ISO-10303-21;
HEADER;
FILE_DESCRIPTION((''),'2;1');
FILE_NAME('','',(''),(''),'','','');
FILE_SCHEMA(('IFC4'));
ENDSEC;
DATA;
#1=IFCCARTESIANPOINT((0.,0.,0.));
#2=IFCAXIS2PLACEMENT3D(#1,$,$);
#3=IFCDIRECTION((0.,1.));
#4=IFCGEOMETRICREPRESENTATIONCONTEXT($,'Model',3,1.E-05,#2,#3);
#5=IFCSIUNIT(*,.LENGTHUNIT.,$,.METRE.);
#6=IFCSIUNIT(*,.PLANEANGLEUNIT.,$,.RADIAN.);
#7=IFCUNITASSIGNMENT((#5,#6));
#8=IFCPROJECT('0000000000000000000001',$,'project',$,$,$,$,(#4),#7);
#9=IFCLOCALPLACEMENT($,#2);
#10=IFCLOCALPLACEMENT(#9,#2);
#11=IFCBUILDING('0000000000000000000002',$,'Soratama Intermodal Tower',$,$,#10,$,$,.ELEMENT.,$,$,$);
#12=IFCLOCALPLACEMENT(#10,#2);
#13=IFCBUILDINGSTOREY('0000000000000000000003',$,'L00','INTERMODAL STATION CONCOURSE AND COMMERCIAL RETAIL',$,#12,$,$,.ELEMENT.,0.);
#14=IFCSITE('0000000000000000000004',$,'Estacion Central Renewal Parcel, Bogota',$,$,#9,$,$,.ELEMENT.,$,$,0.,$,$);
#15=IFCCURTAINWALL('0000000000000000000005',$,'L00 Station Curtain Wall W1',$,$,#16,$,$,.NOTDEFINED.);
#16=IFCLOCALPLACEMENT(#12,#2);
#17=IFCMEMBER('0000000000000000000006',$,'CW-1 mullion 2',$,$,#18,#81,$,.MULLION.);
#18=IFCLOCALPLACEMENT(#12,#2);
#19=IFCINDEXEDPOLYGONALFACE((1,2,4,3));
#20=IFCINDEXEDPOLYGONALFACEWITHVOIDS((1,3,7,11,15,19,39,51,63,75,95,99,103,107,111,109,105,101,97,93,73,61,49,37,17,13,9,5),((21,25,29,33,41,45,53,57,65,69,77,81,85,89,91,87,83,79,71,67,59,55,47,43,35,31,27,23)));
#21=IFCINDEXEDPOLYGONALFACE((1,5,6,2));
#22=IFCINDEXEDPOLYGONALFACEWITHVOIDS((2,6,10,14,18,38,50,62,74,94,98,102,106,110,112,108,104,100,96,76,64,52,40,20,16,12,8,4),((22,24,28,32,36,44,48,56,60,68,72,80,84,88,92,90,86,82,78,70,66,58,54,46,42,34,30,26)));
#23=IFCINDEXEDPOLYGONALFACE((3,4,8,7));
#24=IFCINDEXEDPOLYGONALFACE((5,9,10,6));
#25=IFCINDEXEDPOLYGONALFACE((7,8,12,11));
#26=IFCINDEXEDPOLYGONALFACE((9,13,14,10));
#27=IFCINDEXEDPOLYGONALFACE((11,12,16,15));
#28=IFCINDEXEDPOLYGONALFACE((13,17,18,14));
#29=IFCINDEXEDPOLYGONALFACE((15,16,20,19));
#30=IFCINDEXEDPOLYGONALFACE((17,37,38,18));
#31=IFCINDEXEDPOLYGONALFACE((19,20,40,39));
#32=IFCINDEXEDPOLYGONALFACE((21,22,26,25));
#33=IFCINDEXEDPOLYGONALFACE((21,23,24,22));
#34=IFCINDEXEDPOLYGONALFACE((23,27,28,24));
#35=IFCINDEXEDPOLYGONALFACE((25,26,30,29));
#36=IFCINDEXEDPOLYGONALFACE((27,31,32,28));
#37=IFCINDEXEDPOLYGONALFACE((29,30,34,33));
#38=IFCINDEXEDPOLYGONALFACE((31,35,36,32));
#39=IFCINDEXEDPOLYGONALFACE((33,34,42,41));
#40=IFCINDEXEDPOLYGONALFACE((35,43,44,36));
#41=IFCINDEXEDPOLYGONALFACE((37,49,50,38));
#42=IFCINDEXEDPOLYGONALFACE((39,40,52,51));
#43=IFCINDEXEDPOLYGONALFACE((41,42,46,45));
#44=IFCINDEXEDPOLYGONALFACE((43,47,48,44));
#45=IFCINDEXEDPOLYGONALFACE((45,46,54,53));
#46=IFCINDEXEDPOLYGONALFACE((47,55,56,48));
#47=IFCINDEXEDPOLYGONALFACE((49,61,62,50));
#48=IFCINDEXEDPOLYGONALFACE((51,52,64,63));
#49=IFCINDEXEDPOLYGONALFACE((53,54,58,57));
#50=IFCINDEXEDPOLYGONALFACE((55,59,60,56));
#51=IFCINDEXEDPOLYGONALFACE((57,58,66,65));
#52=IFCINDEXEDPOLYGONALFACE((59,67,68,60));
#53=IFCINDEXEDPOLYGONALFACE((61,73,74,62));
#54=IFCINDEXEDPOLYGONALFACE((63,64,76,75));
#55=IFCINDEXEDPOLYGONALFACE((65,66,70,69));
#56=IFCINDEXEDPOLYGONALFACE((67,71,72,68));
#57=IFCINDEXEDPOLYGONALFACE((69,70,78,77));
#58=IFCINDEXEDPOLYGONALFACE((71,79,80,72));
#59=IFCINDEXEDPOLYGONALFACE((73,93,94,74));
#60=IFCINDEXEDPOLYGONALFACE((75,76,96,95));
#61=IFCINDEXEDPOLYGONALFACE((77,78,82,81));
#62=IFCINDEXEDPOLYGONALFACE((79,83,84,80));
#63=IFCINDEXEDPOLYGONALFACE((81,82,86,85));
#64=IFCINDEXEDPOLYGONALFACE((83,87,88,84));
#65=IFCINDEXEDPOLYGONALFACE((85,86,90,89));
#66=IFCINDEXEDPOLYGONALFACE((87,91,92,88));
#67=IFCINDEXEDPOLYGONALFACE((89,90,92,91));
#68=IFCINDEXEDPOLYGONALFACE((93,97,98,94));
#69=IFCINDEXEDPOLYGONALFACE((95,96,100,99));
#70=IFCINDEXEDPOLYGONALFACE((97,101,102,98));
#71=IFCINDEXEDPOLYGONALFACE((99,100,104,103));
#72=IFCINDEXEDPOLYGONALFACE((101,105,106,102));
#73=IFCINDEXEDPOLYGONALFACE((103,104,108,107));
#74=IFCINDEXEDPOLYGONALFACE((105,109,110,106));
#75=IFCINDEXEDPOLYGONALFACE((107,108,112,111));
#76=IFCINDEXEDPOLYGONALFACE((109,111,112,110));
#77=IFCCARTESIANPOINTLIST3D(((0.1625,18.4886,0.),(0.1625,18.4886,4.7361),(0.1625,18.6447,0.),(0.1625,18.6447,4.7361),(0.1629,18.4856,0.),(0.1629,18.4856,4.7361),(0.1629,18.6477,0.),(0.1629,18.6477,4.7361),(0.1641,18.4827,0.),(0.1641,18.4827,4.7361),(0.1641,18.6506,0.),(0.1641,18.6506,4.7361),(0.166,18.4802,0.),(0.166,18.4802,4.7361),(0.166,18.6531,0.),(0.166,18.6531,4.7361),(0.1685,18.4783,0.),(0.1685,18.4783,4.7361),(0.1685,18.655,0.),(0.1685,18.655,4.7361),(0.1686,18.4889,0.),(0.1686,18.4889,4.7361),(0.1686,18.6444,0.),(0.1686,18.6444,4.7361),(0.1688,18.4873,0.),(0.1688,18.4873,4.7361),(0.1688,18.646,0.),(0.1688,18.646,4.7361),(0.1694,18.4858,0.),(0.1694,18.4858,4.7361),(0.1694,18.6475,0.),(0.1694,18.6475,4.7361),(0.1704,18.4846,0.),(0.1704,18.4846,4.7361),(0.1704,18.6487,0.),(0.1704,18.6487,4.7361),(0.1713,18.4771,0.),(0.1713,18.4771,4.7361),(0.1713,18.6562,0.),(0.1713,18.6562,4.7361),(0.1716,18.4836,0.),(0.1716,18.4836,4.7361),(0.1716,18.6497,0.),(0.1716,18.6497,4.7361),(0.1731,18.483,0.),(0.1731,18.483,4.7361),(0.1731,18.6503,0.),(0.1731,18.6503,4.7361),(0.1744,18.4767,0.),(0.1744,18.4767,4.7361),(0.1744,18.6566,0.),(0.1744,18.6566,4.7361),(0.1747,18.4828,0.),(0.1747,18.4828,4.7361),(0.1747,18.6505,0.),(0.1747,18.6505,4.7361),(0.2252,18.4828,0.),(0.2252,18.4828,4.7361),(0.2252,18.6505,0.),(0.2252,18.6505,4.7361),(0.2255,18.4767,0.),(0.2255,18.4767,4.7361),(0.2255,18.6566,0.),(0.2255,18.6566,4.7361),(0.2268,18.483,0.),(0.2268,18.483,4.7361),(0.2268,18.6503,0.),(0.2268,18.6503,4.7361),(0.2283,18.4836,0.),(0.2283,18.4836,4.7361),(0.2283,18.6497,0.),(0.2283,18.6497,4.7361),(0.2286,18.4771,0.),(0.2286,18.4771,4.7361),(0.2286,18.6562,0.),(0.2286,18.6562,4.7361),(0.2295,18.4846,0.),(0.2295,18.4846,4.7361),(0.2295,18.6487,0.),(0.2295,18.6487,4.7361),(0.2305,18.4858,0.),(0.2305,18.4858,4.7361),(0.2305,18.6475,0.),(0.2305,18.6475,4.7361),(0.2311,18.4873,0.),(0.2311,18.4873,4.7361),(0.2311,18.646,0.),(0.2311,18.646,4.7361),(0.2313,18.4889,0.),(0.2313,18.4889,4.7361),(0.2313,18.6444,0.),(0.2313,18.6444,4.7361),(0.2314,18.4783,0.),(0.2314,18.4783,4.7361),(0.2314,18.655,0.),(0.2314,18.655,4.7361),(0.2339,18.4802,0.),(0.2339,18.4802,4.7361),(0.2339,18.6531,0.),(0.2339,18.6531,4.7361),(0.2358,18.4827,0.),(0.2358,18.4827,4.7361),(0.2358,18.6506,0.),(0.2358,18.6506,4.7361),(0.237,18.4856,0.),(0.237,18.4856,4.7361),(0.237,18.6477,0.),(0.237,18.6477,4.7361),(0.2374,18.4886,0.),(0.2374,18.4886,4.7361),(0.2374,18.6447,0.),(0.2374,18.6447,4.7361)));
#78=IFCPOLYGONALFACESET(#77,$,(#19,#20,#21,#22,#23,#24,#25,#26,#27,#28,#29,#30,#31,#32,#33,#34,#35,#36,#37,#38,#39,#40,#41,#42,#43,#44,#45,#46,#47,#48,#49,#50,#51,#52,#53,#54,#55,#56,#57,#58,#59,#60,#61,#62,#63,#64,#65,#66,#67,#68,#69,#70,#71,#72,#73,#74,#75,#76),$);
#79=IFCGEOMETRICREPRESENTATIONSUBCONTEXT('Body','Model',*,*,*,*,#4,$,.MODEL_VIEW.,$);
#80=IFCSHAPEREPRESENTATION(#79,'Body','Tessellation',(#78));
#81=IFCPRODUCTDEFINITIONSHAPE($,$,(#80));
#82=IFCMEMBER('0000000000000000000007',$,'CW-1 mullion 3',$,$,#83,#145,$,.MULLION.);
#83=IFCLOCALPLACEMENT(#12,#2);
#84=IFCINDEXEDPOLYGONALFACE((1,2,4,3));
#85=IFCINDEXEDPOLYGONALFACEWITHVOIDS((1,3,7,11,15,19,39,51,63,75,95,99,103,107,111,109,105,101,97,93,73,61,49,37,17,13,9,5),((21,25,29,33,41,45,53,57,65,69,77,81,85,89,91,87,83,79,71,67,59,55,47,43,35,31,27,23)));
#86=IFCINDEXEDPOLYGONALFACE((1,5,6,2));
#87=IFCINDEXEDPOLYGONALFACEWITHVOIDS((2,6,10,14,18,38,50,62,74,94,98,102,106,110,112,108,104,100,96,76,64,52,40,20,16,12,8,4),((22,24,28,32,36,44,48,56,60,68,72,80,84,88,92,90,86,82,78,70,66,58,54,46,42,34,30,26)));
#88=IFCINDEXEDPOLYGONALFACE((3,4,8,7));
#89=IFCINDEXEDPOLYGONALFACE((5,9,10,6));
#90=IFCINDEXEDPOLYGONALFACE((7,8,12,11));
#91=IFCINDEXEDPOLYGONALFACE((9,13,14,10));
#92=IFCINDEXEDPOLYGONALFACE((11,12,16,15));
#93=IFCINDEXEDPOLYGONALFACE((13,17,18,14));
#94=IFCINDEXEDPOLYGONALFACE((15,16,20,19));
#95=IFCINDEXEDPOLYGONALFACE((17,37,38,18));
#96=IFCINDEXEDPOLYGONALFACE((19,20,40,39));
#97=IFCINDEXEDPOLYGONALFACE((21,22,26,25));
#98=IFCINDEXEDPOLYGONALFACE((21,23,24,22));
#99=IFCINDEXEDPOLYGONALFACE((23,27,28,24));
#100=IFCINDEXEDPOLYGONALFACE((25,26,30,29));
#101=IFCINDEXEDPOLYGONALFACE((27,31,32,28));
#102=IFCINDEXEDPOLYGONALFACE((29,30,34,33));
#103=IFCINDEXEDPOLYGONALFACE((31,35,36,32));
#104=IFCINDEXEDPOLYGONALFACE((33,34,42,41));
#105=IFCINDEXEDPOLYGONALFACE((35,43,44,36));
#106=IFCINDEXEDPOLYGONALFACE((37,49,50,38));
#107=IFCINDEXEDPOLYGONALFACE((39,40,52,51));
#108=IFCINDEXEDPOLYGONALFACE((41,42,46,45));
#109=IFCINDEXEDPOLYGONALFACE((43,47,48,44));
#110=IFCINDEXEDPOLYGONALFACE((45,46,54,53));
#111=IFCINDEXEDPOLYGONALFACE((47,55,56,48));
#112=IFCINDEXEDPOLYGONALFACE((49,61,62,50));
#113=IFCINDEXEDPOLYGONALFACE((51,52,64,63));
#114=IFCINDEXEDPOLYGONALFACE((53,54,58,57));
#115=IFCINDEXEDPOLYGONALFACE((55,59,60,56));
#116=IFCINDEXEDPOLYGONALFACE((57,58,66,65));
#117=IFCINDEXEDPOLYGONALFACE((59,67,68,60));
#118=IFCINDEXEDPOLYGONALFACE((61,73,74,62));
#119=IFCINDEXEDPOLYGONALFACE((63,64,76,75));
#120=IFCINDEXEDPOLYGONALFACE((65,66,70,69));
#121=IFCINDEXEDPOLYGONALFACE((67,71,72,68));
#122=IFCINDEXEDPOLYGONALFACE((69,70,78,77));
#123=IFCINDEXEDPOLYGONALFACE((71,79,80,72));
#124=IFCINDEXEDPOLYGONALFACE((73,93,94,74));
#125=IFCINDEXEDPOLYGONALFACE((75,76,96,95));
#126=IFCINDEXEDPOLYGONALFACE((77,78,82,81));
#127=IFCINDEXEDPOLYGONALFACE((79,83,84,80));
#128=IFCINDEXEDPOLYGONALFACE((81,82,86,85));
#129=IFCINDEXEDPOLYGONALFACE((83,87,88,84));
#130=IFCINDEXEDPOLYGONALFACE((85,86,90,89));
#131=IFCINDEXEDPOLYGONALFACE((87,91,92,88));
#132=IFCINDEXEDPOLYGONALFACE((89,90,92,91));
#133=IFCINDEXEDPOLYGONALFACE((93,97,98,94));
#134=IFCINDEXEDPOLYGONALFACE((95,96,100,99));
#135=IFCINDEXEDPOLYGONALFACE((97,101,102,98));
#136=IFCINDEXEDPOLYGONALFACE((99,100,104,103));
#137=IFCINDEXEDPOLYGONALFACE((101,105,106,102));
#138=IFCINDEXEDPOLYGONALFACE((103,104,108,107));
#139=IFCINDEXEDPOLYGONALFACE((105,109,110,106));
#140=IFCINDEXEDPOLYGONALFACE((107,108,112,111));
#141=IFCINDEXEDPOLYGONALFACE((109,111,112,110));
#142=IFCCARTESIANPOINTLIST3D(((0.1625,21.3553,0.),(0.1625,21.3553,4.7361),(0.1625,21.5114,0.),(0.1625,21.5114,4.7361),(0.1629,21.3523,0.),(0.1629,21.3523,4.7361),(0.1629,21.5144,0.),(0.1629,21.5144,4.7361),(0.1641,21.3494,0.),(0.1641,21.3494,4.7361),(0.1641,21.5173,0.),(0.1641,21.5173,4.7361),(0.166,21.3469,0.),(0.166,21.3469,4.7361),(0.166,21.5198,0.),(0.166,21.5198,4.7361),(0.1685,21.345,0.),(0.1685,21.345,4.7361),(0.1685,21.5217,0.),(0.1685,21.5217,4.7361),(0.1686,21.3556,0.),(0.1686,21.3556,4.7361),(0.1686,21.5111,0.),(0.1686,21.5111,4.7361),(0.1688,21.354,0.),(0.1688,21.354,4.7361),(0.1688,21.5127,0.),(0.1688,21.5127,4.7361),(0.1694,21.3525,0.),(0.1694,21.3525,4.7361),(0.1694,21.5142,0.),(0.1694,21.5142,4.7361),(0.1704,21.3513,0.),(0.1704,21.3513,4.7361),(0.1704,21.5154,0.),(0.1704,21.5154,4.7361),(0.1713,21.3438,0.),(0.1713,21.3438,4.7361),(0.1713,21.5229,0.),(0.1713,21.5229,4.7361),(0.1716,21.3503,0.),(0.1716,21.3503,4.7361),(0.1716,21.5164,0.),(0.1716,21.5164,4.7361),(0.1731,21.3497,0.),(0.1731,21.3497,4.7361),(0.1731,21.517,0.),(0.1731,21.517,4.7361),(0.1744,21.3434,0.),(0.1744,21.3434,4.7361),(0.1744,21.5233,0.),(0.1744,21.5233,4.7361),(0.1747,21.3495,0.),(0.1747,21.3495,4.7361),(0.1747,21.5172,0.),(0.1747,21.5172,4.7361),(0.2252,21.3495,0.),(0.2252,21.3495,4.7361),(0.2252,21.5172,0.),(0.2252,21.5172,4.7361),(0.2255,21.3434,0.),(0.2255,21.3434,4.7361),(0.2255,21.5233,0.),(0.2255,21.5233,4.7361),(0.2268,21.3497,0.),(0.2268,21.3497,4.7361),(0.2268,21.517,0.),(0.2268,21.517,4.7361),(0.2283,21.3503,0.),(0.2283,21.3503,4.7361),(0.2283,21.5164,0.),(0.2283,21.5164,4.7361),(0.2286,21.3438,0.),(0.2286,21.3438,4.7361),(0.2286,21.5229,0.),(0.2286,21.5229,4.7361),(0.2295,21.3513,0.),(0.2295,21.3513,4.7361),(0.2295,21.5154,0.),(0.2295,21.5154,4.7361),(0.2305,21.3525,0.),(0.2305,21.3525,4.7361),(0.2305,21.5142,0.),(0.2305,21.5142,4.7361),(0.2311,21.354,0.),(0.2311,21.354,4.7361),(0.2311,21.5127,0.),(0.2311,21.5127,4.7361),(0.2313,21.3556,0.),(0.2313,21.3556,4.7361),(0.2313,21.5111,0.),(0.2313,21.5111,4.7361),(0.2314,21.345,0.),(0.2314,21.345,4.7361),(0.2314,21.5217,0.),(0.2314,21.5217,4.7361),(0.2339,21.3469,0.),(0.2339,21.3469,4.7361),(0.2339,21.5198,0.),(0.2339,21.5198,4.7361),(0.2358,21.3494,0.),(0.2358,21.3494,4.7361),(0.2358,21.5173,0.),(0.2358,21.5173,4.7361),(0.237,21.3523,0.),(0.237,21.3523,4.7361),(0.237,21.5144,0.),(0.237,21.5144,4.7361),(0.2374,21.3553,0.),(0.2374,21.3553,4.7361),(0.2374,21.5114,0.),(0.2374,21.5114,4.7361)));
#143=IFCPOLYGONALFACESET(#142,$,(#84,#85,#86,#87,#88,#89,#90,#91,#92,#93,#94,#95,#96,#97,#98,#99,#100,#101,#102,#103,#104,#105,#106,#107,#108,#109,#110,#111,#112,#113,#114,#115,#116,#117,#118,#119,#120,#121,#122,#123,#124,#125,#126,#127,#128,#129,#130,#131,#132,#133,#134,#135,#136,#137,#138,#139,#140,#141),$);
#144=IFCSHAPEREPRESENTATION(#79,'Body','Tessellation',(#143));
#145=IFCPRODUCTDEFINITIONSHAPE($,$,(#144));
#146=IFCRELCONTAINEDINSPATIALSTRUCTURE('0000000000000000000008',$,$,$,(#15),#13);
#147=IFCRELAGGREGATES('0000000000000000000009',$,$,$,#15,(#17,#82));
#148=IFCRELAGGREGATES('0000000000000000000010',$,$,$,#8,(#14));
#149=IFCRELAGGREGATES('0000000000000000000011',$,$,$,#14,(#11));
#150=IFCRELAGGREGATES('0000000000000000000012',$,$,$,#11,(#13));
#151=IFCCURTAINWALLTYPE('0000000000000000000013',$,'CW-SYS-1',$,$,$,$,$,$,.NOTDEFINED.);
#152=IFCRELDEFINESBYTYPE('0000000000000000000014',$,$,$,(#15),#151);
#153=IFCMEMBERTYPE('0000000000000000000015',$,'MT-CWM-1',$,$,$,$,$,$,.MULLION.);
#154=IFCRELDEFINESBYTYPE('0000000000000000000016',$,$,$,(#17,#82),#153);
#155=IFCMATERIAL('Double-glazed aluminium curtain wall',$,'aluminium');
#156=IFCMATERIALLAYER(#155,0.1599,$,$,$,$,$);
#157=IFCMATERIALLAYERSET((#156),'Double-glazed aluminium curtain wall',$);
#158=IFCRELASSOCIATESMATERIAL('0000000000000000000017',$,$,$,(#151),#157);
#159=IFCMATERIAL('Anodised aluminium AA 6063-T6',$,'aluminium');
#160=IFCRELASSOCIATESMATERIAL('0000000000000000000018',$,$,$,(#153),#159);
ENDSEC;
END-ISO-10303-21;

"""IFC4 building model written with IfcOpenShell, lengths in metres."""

from ifc_helpers import new_model, si_unit, direction, frame, origin, origin_2d, place, context, subcontext, project, spatial, hollow_rectangle, extrude, material, layer, layer_set, material_profile, profile_set, type_object, element, aggregate, save


model = new_model("IFC4")

# Units and contexts
model_context = context("Model", 3, precision=1e-05, world=origin(), true_north=direction((0.0, 1.0)))
body_context = subcontext(model_context, "Body", "Model", "MODEL_VIEW")
ifc_project = project(units=[si_unit("LENGTHUNIT", "METRE"), si_unit("PLANEANGLEUNIT", "RADIAN")], contexts=[model_context])

# Site, building, storey
site_placement = place(None, origin())
site = spatial("IfcSite", under=ifc_project, at=site_placement, Name="Estacion Central Renewal Parcel, Bogota", CompositionType="ELEMENT", RefElevation=0.0)
building_placement = place(site_placement, origin())
building = spatial("IfcBuilding", under=site, at=building_placement, Name="Soratama Intermodal Tower", CompositionType="ELEMENT")
storey_placement = place(building_placement, origin())
storey = spatial("IfcBuildingStorey", under=building, at=storey_placement, Name="L00", Description="INTERMODAL STATION CONCOURSE AND COMMERCIAL RETAIL", CompositionType="ELEMENT", Elevation=0.0)

# Curtain wall, members
ifc_material_1 = material(Name="Double-glazed aluminium curtain wall", Category="aluminium")
ifc_layer_1 = layer(ifc_material_1, 0.1599)
ifc_layer_set_1 = layer_set([ifc_layer_1], Name="Double-glazed aluminium curtain wall")
curtain_wall_type = type_object("IfcCurtainWallType", Name="CW-SYS-1", PredefinedType="NOTDEFINED", material=ifc_layer_set_1)
curtain_wall_placement = place(storey_placement, origin())
curtain_wall = element("IfcCurtainWall", 1, at=curtain_wall_placement, inside=storey, type_object=curtain_wall_type, Name="L00 Station Curtain Wall W1", PredefinedType="NOTDEFINED")
ifc_material_2 = material(Name="Anodised aluminium AA 6063-T6", Category="aluminium")
ifc_material_profile_1 = material_profile(ifc_material_2, hollow_rectangle(XDim=0.075, YDim=0.1799, WallThickness=0.0061, InnerFilletRadius=0.0061, OuterFilletRadius=0.012, at=origin_2d()), Name="CWM180X75X6")
ifc_profile_set_1 = profile_set([ifc_material_profile_1], Name="Anodised aluminium AA 6063-T6")
member_type_1 = type_object("IfcMemberType", Name="MT-CWM-1", PredefinedType="MULLION", material=ifc_profile_set_1)
member_1_placement = place(storey_placement, frame((0.2, 18.5667, 0.0), z_axis=(0.0, 0.0, 1.0), x_axis=(-1.0, 0.0, 0.0)))
member_1 = element("IfcMember", 2, at=member_1_placement, type_object=member_type_1, Name="CW-1 mullion 2", PredefinedType="MULLION", context=body_context, shape_type="SweptSolid", body=[
    extrude(hollow_rectangle(XDim=0.075, YDim=0.1799, WallThickness=0.0061, InnerFilletRadius=0.0061, OuterFilletRadius=0.012, at=origin_2d()), origin(), (0.0, 0.0, 1.0), 4.7361),
])
member_2_placement = place(storey_placement, frame((0.2, 21.4333, 0.0), z_axis=(0.0, 0.0, 1.0), x_axis=(-1.0, 0.0, 0.0)))
member_2 = element("IfcMember", 3, at=member_2_placement, type_object=member_type_1, Name="CW-1 mullion 3", PredefinedType="MULLION", context=body_context, shape_type="SweptSolid", body=[
    extrude(hollow_rectangle(XDim=0.075, YDim=0.1799, WallThickness=0.0061, InnerFilletRadius=0.0061, OuterFilletRadius=0.012, at=origin_2d()), origin(), (0.0, 0.0, 1.0), 4.7361),
])
aggregate(curtain_wall, [member_1, member_2])

save(model, "model.ifc")
